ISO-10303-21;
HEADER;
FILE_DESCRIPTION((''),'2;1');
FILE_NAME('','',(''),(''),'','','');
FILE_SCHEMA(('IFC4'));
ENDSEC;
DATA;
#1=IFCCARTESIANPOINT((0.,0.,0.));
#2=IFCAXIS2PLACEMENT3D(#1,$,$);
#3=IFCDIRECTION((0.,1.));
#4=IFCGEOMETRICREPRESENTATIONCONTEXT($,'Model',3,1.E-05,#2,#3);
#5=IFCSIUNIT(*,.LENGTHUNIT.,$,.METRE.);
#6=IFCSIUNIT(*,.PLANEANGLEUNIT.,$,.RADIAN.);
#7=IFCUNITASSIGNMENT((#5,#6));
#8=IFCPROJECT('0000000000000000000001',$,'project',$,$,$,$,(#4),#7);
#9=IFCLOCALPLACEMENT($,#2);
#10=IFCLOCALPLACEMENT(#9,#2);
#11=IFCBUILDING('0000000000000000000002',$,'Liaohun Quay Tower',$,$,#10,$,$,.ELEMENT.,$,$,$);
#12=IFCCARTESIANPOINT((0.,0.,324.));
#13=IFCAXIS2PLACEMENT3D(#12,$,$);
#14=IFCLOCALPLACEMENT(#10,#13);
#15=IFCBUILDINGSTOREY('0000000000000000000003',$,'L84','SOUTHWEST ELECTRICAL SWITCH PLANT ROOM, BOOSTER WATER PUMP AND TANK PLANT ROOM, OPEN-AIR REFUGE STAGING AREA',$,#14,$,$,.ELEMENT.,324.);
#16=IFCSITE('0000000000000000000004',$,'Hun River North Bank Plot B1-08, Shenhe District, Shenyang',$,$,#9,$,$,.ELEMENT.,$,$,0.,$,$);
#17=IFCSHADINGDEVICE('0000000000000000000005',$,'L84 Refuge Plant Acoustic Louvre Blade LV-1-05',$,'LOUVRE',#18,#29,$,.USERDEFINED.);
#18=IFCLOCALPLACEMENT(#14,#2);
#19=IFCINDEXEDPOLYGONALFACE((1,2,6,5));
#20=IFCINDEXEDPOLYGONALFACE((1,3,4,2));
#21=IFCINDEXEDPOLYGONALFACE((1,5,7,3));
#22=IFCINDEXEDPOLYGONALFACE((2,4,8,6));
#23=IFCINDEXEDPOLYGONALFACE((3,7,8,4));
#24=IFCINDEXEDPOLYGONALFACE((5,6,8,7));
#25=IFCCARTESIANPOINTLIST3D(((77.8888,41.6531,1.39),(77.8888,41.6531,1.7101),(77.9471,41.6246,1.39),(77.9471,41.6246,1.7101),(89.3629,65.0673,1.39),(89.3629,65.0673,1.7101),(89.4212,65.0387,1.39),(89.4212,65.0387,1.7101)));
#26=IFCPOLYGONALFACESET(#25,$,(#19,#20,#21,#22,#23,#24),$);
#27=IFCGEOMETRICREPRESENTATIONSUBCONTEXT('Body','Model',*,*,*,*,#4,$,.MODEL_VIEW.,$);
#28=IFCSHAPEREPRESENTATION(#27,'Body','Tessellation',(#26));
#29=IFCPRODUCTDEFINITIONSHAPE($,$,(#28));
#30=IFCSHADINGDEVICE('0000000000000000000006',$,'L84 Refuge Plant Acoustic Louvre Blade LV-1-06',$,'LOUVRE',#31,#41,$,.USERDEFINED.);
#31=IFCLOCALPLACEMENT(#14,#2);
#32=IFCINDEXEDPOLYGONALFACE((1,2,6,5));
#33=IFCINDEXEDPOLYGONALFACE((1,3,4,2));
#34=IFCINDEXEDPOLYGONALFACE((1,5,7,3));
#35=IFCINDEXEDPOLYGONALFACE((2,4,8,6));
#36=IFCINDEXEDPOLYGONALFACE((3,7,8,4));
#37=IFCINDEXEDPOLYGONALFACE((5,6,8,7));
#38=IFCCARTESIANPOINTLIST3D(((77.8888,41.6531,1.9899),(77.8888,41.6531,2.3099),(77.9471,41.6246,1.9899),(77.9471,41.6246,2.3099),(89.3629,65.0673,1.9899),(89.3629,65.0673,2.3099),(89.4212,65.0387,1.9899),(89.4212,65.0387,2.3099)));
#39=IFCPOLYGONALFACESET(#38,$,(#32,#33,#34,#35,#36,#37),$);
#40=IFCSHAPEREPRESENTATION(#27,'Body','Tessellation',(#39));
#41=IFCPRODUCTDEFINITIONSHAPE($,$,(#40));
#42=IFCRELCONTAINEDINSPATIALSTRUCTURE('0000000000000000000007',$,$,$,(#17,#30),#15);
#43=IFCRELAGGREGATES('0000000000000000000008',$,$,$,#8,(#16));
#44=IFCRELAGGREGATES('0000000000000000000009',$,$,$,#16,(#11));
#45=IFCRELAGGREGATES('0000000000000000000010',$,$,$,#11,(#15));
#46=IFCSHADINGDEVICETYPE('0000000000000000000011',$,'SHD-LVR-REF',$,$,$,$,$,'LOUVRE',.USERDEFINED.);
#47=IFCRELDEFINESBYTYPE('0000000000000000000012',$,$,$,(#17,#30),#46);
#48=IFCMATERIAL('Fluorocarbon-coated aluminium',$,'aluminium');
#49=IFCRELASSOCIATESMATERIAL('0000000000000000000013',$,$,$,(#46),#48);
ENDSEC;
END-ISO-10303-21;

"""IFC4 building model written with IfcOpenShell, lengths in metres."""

from ifc_helpers import new_model, si_unit, direction, frame, origin, origin_2d, place, context, subcontext, project, spatial, rectangle, extrude, source, transform, mapped, material, material_profile, profile_set, type_object, element, save


model = new_model("IFC4")

# Units and contexts
model_context = context("Model", 3, precision=1e-05, world=origin(), true_north=direction((0.0, 1.0)))
body_context = subcontext(model_context, "Body", "Model", "MODEL_VIEW")
ifc_project = project(units=[si_unit("LENGTHUNIT", "METRE"), si_unit("PLANEANGLEUNIT", "RADIAN")], contexts=[model_context])

# Site, building, storey
site_placement = place(None, origin())
site = spatial("IfcSite", under=ifc_project, at=site_placement, Name="Hun River North Bank Plot B1-08, Shenhe District, Shenyang", CompositionType="ELEMENT", RefElevation=0.0)
building_placement = place(site_placement, origin())
building = spatial("IfcBuilding", under=site, at=building_placement, Name="Liaohun Quay Tower", CompositionType="ELEMENT")
storey_placement = place(building_placement, frame((0.0, 0.0, 324.0)))
storey = spatial("IfcBuildingStorey", under=building, at=storey_placement, Name="L84", Description="SOUTHWEST ELECTRICAL SWITCH PLANT ROOM, BOOSTER WATER PUMP AND TANK PLANT ROOM, OPEN-AIR REFUGE STAGING AREA", CompositionType="ELEMENT", Elevation=324.0)

# Shading devices
ifc_material_1 = material(Name="Fluorocarbon-coated aluminium", Category="aluminium")
ifc_material_profile_1 = material_profile(ifc_material_1, rectangle(XDim=0.0649, YDim=0.3201, at=origin_2d()), Name="ALU-LVR-320x65")
ifc_profile_set_1 = profile_set([ifc_material_profile_1], Name="Fluorocarbon-coated aluminium")
shading_device_type = type_object("IfcShadingDeviceType", Name="SHD-LVR-REF", ElementType="LOUVRE", PredefinedType="USERDEFINED", material=ifc_profile_set_1)
shared_shape_1 = source(origin(), body_context, "Body", "SweptSolid", [
    extrude(rectangle(XDim=0.0649, YDim=0.3201, at=origin_2d()), origin(), (0.0, 0.0, 1.0), 26.0745),
])
for number, where, z_axis, x_axis, name in (
    (1, (89.3921, 65.053, 1.55), (-0.440053, -0.897972, 0.0), (0.897972, -0.440053, 0.0), "L84 Refuge Plant Acoustic Louvre Blade LV-1-05"),
    (2, (89.3921, 65.053, 2.1499), (-0.440053, -0.897972, 0.0), (0.897972, -0.440053, 0.0), "L84 Refuge Plant Acoustic Louvre Blade LV-1-06"),
):
    element("IfcShadingDevice", number, at=place(storey_placement, frame(where, z_axis=z_axis, x_axis=x_axis)), inside=storey, type_object=shading_device_type, Name=name, ObjectType="LOUVRE", PredefinedType="USERDEFINED", context=body_context, shape_type="MappedRepresentation", body=[
        mapped(shared_shape_1, transform((0.0, 0.0, 0.0), x_axis=(1.0, 0.0, 0.0), y_axis=(0.0, 1.0, 0.0), z_axis=(0.0, 0.0, 1.0), scale=1.0)),
    ])

save(model, "model.ifc")
